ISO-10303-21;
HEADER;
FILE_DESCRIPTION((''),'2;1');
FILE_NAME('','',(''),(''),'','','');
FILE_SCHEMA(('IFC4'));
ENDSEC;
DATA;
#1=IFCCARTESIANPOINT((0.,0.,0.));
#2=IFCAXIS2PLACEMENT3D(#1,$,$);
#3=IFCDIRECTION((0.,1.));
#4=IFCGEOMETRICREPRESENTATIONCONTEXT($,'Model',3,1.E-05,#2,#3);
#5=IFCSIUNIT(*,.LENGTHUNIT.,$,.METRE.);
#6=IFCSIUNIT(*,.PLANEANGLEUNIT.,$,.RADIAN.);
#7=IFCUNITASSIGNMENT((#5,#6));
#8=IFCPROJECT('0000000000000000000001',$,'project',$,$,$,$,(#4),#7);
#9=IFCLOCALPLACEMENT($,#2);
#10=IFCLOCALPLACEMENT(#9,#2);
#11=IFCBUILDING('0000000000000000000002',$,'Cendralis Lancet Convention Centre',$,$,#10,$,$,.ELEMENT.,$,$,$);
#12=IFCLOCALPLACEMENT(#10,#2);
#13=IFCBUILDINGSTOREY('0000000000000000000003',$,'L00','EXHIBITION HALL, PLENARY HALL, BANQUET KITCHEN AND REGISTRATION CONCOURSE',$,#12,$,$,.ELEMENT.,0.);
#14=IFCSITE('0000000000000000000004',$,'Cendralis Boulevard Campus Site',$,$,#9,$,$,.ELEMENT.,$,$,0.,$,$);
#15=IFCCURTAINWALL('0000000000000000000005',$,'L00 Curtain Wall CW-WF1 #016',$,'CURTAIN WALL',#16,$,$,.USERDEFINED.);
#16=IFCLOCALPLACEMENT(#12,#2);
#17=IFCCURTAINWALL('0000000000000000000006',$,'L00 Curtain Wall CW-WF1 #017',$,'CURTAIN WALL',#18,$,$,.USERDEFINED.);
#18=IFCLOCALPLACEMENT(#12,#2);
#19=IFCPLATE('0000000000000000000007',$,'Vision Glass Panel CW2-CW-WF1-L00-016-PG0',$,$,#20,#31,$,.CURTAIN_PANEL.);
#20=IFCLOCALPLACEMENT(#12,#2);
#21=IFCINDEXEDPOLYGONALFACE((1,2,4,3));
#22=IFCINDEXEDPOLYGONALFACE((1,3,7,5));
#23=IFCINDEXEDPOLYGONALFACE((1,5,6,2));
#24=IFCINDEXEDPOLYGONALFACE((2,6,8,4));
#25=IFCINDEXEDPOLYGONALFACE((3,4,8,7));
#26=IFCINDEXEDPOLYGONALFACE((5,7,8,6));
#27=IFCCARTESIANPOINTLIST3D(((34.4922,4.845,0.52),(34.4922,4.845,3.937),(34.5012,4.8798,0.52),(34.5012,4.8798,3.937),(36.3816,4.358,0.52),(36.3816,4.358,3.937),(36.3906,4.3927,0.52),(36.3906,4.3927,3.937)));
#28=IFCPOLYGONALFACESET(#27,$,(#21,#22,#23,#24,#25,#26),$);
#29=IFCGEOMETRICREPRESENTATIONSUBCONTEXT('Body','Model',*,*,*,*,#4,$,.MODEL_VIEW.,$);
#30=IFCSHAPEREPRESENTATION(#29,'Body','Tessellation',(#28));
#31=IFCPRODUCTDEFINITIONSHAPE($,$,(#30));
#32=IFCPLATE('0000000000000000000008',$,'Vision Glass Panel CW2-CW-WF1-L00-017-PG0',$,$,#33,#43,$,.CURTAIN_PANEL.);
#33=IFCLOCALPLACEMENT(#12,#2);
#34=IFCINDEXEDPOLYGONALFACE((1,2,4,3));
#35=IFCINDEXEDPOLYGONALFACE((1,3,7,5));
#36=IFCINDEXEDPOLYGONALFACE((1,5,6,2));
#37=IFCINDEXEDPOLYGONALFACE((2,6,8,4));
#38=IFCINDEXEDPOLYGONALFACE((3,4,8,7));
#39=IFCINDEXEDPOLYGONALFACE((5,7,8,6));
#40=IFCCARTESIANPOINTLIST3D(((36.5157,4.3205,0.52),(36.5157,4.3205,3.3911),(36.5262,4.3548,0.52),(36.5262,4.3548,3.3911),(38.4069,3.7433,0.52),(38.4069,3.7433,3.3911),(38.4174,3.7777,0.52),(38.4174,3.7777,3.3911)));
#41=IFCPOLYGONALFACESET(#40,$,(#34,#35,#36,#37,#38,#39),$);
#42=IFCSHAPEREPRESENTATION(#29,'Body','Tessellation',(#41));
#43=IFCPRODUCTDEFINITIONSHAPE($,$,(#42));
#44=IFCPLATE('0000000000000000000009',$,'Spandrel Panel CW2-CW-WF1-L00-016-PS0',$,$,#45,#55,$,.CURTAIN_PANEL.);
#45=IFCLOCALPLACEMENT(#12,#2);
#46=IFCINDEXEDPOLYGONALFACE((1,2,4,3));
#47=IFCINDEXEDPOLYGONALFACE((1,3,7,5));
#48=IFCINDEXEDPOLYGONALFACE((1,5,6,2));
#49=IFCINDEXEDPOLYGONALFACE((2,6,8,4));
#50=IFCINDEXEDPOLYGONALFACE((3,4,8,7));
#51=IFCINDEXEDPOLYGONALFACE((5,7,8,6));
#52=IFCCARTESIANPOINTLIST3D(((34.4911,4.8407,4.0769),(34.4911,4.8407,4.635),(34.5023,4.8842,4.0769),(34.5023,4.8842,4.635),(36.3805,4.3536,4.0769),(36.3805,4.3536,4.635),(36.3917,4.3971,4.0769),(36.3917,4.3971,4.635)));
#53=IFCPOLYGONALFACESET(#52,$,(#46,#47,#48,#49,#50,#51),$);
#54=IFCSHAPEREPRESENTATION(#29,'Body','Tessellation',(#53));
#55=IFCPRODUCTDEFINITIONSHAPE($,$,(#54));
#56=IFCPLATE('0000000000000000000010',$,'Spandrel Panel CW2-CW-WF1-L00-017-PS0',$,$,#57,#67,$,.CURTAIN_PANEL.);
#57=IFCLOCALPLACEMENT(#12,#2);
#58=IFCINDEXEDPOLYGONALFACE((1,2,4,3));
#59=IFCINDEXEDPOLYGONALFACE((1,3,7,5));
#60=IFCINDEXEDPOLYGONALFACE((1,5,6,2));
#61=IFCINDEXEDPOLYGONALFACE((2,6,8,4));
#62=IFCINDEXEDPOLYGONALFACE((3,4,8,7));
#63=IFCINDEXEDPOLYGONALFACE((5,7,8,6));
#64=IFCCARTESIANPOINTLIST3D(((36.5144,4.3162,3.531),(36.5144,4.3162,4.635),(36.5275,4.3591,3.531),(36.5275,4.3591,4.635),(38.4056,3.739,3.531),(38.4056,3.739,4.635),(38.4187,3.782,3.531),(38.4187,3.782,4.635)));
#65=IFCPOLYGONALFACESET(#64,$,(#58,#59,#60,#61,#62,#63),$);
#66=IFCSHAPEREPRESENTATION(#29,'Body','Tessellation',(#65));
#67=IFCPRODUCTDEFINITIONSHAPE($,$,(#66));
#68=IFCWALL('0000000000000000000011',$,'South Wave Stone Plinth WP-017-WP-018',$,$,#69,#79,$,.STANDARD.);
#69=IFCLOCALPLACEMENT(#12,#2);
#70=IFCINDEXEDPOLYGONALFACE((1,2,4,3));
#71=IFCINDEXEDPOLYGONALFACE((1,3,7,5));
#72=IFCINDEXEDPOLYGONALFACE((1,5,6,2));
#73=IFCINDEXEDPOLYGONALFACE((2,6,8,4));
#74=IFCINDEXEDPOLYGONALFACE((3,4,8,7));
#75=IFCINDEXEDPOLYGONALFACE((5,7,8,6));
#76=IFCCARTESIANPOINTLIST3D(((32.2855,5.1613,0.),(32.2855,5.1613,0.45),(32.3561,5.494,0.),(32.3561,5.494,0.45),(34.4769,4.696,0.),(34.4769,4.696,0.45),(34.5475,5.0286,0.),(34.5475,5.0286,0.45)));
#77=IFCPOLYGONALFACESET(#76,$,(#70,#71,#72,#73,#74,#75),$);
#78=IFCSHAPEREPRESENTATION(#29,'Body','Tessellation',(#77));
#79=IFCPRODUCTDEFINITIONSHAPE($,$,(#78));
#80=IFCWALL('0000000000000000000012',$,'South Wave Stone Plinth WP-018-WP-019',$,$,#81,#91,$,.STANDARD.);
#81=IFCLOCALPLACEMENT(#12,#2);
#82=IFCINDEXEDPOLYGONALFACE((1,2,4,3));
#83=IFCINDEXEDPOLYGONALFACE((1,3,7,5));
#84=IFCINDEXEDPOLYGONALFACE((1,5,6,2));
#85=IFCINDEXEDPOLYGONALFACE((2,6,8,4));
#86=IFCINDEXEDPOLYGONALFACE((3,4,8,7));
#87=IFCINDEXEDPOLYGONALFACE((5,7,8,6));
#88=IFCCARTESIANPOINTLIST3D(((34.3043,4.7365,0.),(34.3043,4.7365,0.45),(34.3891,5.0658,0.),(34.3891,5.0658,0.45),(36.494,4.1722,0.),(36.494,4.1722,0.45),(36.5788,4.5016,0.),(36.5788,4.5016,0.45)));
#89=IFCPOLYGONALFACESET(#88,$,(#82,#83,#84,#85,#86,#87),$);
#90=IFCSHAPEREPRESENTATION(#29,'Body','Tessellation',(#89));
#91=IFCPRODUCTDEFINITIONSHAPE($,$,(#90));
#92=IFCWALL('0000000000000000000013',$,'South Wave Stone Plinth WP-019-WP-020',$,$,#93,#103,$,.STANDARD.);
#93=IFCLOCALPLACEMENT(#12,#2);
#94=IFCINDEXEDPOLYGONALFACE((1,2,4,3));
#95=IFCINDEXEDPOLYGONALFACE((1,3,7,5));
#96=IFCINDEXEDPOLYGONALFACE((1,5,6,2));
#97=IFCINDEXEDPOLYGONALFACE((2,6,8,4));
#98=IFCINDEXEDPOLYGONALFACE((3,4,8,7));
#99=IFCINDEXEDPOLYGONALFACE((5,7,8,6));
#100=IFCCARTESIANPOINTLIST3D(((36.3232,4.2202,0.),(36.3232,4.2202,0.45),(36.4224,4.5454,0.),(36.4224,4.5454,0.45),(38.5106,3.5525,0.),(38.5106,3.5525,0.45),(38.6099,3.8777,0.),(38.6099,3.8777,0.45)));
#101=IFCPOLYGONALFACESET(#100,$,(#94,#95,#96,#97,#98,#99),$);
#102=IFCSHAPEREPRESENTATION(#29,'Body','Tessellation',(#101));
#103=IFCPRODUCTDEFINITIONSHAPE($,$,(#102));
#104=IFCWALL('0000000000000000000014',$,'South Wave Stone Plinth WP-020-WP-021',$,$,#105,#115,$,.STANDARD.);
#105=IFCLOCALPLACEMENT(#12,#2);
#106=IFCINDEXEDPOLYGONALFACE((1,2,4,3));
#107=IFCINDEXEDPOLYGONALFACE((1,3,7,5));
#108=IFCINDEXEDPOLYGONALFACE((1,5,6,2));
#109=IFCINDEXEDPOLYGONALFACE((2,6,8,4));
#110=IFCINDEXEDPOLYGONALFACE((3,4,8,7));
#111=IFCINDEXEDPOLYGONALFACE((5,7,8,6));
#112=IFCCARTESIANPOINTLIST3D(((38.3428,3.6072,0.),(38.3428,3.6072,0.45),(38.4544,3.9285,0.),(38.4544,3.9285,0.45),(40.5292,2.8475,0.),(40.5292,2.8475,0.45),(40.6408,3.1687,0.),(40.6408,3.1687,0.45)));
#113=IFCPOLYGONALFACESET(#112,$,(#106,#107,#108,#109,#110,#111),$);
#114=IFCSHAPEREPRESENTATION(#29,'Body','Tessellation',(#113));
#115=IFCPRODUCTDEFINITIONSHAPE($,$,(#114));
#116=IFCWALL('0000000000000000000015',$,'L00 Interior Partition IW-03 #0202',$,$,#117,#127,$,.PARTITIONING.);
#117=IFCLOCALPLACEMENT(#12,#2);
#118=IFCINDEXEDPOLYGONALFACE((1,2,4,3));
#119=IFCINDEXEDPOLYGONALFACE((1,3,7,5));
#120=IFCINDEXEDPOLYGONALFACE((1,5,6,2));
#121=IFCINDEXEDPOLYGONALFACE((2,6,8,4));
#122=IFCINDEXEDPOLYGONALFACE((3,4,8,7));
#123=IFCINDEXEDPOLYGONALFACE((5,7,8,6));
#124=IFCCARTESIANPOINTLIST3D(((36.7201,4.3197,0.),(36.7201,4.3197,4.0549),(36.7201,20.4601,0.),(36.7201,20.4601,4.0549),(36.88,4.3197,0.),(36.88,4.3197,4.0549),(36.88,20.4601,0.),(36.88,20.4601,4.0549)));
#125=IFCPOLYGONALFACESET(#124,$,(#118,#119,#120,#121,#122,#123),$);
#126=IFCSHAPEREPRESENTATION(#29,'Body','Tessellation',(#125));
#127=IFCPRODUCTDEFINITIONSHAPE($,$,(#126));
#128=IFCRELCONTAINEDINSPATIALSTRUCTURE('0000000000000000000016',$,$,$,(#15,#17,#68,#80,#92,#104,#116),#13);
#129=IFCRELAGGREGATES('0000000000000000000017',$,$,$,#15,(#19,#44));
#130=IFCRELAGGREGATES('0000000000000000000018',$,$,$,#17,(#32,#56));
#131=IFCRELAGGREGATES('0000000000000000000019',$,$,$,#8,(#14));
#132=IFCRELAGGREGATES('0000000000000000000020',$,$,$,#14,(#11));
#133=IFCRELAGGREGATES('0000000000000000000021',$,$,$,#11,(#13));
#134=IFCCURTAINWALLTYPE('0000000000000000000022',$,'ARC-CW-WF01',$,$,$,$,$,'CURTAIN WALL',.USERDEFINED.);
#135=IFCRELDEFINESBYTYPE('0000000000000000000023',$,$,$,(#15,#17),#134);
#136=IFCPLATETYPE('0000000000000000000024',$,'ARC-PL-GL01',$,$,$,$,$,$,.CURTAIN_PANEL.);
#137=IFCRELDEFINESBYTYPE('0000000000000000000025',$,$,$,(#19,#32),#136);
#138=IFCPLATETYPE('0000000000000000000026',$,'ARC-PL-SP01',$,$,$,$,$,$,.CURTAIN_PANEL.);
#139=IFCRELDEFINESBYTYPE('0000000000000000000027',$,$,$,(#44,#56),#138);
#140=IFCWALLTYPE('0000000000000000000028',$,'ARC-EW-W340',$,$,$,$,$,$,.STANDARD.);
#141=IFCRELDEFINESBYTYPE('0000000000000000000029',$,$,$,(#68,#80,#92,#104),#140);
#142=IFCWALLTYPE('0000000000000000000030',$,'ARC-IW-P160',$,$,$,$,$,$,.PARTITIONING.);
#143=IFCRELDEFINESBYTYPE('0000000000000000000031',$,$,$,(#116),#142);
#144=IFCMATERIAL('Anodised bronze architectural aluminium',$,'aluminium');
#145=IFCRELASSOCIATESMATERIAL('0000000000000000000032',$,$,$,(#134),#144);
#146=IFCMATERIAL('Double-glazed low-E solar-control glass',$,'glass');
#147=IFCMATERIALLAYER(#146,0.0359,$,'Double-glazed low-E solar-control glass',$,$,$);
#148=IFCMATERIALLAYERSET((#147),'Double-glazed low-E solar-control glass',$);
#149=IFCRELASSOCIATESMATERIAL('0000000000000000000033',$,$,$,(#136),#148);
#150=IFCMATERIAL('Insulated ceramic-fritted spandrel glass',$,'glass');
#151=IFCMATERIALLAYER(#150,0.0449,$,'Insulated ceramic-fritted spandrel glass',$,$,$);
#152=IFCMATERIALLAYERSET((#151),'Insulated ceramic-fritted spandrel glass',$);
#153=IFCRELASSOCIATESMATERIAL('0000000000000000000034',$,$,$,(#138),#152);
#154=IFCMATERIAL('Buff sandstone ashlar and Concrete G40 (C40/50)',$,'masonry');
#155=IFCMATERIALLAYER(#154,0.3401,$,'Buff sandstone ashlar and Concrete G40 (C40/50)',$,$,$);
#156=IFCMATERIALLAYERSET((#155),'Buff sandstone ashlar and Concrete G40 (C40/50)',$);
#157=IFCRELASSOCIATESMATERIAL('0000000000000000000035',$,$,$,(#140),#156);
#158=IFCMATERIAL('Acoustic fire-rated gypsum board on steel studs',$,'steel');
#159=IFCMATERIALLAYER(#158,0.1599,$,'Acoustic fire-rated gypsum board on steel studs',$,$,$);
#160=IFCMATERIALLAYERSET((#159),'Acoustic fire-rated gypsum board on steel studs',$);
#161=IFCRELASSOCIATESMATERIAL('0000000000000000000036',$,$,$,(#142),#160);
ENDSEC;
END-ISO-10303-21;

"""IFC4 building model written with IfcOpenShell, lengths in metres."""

from ifc_helpers import new_model, si_unit, direction, frame, frame_2d, origin, origin_2d, place, context, subcontext, project, spatial, rectangle, extrude, material, layer, layer_set, type_object, element, aggregate, save


model = new_model("IFC4")

# Units and contexts
model_context = context("Model", 3, precision=1e-05, world=origin(), true_north=direction((0.0, 1.0)))
body_context = subcontext(model_context, "Body", "Model", "MODEL_VIEW")
ifc_project = project(units=[si_unit("LENGTHUNIT", "METRE"), si_unit("PLANEANGLEUNIT", "RADIAN")], contexts=[model_context])

# Site, building, storey
site_placement = place(None, origin())
site = spatial("IfcSite", under=ifc_project, at=site_placement, Name="Cendralis Boulevard Campus Site", CompositionType="ELEMENT", RefElevation=0.0)
building_placement = place(site_placement, origin())
building = spatial("IfcBuilding", under=site, at=building_placement, Name="Cendralis Lancet Convention Centre", CompositionType="ELEMENT")
storey_placement = place(building_placement, origin())
storey = spatial("IfcBuildingStorey", under=building, at=storey_placement, Name="L00", Description="EXHIBITION HALL, PLENARY HALL, BANQUET KITCHEN AND REGISTRATION CONCOURSE", CompositionType="ELEMENT", Elevation=0.0)

# Shared definitions
ifc_material_1 = material(Name="Anodised bronze architectural aluminium", Category="aluminium")
curtain_wall_type = type_object("IfcCurtainWallType", Name="ARC-CW-WF01", ElementType="CURTAIN WALL", PredefinedType="USERDEFINED", material=ifc_material_1)

# Curtain walls
curtain_wall_1_placement = place(storey_placement, origin())
curtain_wall_1 = element("IfcCurtainWall", 1, at=curtain_wall_1_placement, inside=storey, type_object=curtain_wall_type, Name="L00 Curtain Wall CW-WF1 #016", ObjectType="CURTAIN WALL", PredefinedType="USERDEFINED")
curtain_wall_2_placement = place(storey_placement, origin())
curtain_wall_2 = element("IfcCurtainWall", 2, at=curtain_wall_2_placement, inside=storey, type_object=curtain_wall_type, Name="L00 Curtain Wall CW-WF1 #017", ObjectType="CURTAIN WALL", PredefinedType="USERDEFINED")

# Plates
ifc_material_2 = material(Name="Double-glazed low-E solar-control glass", Category="glass")
ifc_layer_1 = layer(ifc_material_2, 0.0359, Name="Double-glazed low-E solar-control glass")
ifc_layer_set_1 = layer_set([ifc_layer_1], Name="Double-glazed low-E solar-control glass")
plate_type_1 = type_object("IfcPlateType", Name="ARC-PL-GL01", PredefinedType="CURTAIN_PANEL", material=ifc_layer_set_1)
plate_1_placement = place(storey_placement, frame((35.4414, 4.6189, 0.52), z_axis=(0.0, 0.0, 1.0), x_axis=(0.968344, -0.249618, 0.0)))
plate_1 = element("IfcPlate", 3, at=plate_1_placement, type_object=plate_type_1, Name="Vision Glass Panel CW2-CW-WF1-L00-016-PG0", PredefinedType="CURTAIN_PANEL", context=body_context, shape_type="SweptSolid", body=[
    extrude(rectangle(XDim=1.9512, YDim=0.0359, at=origin_2d()), origin(), (0.0, 0.0, 1.0), 3.417),
])
plate_2_placement = place(storey_placement, frame((37.4666, 4.0491, 0.52), z_axis=(0.0, 0.0, 1.0), x_axis=(0.956451, -0.291895, 0.0)))
plate_2 = element("IfcPlate", 4, at=plate_2_placement, type_object=plate_type_1, Name="Vision Glass Panel CW2-CW-WF1-L00-017-PG0", PredefinedType="CURTAIN_PANEL", context=body_context, shape_type="SweptSolid", body=[
    extrude(rectangle(XDim=1.9773, YDim=0.0359, at=origin_2d()), origin(), (0.0, 0.0, 1.0), 2.8711),
])
ifc_material_3 = material(Name="Insulated ceramic-fritted spandrel glass", Category="glass")
ifc_layer_2 = layer(ifc_material_3, 0.0449, Name="Insulated ceramic-fritted spandrel glass")
ifc_layer_set_2 = layer_set([ifc_layer_2], Name="Insulated ceramic-fritted spandrel glass")
plate_type_2 = type_object("IfcPlateType", Name="ARC-PL-SP01", PredefinedType="CURTAIN_PANEL", material=ifc_layer_set_2)
plate_3_placement = place(storey_placement, frame((35.4414, 4.6189, 4.0769), z_axis=(0.0, 0.0, 1.0), x_axis=(0.968344, -0.249618, 0.0)))
plate_3 = element("IfcPlate", 5, at=plate_3_placement, type_object=plate_type_2, Name="Spandrel Panel CW2-CW-WF1-L00-016-PS0", PredefinedType="CURTAIN_PANEL", context=body_context, shape_type="SweptSolid", body=[
    extrude(rectangle(XDim=1.9512, YDim=0.0449, at=origin_2d()), origin(), (0.0, 0.0, 1.0), 0.5581),
])
aggregate(curtain_wall_1, [plate_1, plate_3])
plate_4_placement = place(storey_placement, frame((37.4666, 4.0491, 3.531), z_axis=(0.0, 0.0, 1.0), x_axis=(0.956451, -0.291895, 0.0)))
plate_4 = element("IfcPlate", 6, at=plate_4_placement, type_object=plate_type_2, Name="Spandrel Panel CW2-CW-WF1-L00-017-PS0", PredefinedType="CURTAIN_PANEL", context=body_context, shape_type="SweptSolid", body=[
    extrude(rectangle(XDim=1.9773, YDim=0.0449, at=origin_2d()), origin(), (0.0, 0.0, 1.0), 1.104),
])
aggregate(curtain_wall_2, [plate_2, plate_4])

# Walls
ifc_material_4 = material(Name="Buff sandstone ashlar and Concrete G40 (C40/50)", Category="masonry")
ifc_layer_3 = layer(ifc_material_4, 0.3401, Name="Buff sandstone ashlar and Concrete G40 (C40/50)")
ifc_layer_set_3 = layer_set([ifc_layer_3], Name="Buff sandstone ashlar and Concrete G40 (C40/50)")
wall_type_1 = type_object("IfcWallType", Name="ARC-EW-W340", PredefinedType="STANDARD", material=ifc_layer_set_3)
wall_1_placement = place(storey_placement, frame((32.3208, 5.3276, 0.0), z_axis=(0.0, 0.0, 1.0), x_axis=(0.97819, -0.207713, 0.0)))
element("IfcWall", 7, at=wall_1_placement, inside=storey, type_object=wall_type_1, Name="South Wave Stone Plinth WP-017-WP-018", PredefinedType="STANDARD", context=body_context, shape_type="SweptSolid", body=[
    extrude(rectangle(XDim=2.2402, YDim=0.3401, at=frame_2d((1.1201, 0.0))), origin(), (0.0, 0.0, 1.0), 0.45),
])
wall_2_placement = place(storey_placement, frame((34.3467, 4.9011, 0.0), z_axis=(0.0, 0.0, 1.0), x_axis=(0.968371, -0.249516, 0.0)))
element("IfcWall", 8, at=wall_2_placement, inside=storey, type_object=wall_type_1, Name="South Wave Stone Plinth WP-018-WP-019", PredefinedType="STANDARD", context=body_context, shape_type="SweptSolid", body=[
    extrude(rectangle(XDim=2.2612, YDim=0.3401, at=frame_2d((1.1306, 0.0))), origin(), (0.0, 0.0, 1.0), 0.45),
])
wall_3_placement = place(storey_placement, frame((36.3728, 4.3828, 0.0), z_axis=(0.0, 0.0, 1.0), x_axis=(0.956434, -0.291947, 0.0)))
element("IfcWall", 9, at=wall_3_placement, inside=storey, type_object=wall_type_1, Name="South Wave Stone Plinth WP-019-WP-020", PredefinedType="STANDARD", context=body_context, shape_type="SweptSolid", body=[
    extrude(rectangle(XDim=2.2871, YDim=0.3401, at=frame_2d((1.1436, 0.0))), origin(), (0.0, 0.0, 1.0), 0.45),
])
wall_4_placement = place(storey_placement, frame((38.3987, 3.7678, 0.0), z_axis=(0.0, 0.0, 1.0), x_axis=(0.944599, -0.328226, 0.0)))
element("IfcWall", 10, at=wall_4_placement, inside=storey, type_object=wall_type_1, Name="South Wave Stone Plinth WP-020-WP-021", PredefinedType="STANDARD", context=body_context, shape_type="SweptSolid", body=[
    extrude(rectangle(XDim=2.3147, YDim=0.3401, at=frame_2d((1.1572, 0.0))), origin(), (0.0, 0.0, 1.0), 0.45),
])
ifc_material_5 = material(Name="Acoustic fire-rated gypsum board on steel studs", Category="steel")
ifc_layer_4 = layer(ifc_material_5, 0.1599, Name="Acoustic fire-rated gypsum board on steel studs")
ifc_layer_set_4 = layer_set([ifc_layer_4], Name="Acoustic fire-rated gypsum board on steel studs")
wall_type_2 = type_object("IfcWallType", Name="ARC-IW-P160", PredefinedType="PARTITIONING", material=ifc_layer_set_4)
wall_5_placement = place(storey_placement, frame((36.8, 4.3196, 0.0), z_axis=(0.0, 0.0, 1.0), x_axis=(0.0, 1.0, 0.0)))
element("IfcWall", 11, at=wall_5_placement, inside=storey, type_object=wall_type_2, Name="L00 Interior Partition IW-03 #0202", PredefinedType="PARTITIONING", context=body_context, shape_type="SweptSolid", body=[
    extrude(rectangle(XDim=16.1404, YDim=0.1599, at=frame_2d((8.0703, 0.0))), origin(), (0.0, 0.0, 1.0), 4.0549),
])

save(model, "model.ifc")
